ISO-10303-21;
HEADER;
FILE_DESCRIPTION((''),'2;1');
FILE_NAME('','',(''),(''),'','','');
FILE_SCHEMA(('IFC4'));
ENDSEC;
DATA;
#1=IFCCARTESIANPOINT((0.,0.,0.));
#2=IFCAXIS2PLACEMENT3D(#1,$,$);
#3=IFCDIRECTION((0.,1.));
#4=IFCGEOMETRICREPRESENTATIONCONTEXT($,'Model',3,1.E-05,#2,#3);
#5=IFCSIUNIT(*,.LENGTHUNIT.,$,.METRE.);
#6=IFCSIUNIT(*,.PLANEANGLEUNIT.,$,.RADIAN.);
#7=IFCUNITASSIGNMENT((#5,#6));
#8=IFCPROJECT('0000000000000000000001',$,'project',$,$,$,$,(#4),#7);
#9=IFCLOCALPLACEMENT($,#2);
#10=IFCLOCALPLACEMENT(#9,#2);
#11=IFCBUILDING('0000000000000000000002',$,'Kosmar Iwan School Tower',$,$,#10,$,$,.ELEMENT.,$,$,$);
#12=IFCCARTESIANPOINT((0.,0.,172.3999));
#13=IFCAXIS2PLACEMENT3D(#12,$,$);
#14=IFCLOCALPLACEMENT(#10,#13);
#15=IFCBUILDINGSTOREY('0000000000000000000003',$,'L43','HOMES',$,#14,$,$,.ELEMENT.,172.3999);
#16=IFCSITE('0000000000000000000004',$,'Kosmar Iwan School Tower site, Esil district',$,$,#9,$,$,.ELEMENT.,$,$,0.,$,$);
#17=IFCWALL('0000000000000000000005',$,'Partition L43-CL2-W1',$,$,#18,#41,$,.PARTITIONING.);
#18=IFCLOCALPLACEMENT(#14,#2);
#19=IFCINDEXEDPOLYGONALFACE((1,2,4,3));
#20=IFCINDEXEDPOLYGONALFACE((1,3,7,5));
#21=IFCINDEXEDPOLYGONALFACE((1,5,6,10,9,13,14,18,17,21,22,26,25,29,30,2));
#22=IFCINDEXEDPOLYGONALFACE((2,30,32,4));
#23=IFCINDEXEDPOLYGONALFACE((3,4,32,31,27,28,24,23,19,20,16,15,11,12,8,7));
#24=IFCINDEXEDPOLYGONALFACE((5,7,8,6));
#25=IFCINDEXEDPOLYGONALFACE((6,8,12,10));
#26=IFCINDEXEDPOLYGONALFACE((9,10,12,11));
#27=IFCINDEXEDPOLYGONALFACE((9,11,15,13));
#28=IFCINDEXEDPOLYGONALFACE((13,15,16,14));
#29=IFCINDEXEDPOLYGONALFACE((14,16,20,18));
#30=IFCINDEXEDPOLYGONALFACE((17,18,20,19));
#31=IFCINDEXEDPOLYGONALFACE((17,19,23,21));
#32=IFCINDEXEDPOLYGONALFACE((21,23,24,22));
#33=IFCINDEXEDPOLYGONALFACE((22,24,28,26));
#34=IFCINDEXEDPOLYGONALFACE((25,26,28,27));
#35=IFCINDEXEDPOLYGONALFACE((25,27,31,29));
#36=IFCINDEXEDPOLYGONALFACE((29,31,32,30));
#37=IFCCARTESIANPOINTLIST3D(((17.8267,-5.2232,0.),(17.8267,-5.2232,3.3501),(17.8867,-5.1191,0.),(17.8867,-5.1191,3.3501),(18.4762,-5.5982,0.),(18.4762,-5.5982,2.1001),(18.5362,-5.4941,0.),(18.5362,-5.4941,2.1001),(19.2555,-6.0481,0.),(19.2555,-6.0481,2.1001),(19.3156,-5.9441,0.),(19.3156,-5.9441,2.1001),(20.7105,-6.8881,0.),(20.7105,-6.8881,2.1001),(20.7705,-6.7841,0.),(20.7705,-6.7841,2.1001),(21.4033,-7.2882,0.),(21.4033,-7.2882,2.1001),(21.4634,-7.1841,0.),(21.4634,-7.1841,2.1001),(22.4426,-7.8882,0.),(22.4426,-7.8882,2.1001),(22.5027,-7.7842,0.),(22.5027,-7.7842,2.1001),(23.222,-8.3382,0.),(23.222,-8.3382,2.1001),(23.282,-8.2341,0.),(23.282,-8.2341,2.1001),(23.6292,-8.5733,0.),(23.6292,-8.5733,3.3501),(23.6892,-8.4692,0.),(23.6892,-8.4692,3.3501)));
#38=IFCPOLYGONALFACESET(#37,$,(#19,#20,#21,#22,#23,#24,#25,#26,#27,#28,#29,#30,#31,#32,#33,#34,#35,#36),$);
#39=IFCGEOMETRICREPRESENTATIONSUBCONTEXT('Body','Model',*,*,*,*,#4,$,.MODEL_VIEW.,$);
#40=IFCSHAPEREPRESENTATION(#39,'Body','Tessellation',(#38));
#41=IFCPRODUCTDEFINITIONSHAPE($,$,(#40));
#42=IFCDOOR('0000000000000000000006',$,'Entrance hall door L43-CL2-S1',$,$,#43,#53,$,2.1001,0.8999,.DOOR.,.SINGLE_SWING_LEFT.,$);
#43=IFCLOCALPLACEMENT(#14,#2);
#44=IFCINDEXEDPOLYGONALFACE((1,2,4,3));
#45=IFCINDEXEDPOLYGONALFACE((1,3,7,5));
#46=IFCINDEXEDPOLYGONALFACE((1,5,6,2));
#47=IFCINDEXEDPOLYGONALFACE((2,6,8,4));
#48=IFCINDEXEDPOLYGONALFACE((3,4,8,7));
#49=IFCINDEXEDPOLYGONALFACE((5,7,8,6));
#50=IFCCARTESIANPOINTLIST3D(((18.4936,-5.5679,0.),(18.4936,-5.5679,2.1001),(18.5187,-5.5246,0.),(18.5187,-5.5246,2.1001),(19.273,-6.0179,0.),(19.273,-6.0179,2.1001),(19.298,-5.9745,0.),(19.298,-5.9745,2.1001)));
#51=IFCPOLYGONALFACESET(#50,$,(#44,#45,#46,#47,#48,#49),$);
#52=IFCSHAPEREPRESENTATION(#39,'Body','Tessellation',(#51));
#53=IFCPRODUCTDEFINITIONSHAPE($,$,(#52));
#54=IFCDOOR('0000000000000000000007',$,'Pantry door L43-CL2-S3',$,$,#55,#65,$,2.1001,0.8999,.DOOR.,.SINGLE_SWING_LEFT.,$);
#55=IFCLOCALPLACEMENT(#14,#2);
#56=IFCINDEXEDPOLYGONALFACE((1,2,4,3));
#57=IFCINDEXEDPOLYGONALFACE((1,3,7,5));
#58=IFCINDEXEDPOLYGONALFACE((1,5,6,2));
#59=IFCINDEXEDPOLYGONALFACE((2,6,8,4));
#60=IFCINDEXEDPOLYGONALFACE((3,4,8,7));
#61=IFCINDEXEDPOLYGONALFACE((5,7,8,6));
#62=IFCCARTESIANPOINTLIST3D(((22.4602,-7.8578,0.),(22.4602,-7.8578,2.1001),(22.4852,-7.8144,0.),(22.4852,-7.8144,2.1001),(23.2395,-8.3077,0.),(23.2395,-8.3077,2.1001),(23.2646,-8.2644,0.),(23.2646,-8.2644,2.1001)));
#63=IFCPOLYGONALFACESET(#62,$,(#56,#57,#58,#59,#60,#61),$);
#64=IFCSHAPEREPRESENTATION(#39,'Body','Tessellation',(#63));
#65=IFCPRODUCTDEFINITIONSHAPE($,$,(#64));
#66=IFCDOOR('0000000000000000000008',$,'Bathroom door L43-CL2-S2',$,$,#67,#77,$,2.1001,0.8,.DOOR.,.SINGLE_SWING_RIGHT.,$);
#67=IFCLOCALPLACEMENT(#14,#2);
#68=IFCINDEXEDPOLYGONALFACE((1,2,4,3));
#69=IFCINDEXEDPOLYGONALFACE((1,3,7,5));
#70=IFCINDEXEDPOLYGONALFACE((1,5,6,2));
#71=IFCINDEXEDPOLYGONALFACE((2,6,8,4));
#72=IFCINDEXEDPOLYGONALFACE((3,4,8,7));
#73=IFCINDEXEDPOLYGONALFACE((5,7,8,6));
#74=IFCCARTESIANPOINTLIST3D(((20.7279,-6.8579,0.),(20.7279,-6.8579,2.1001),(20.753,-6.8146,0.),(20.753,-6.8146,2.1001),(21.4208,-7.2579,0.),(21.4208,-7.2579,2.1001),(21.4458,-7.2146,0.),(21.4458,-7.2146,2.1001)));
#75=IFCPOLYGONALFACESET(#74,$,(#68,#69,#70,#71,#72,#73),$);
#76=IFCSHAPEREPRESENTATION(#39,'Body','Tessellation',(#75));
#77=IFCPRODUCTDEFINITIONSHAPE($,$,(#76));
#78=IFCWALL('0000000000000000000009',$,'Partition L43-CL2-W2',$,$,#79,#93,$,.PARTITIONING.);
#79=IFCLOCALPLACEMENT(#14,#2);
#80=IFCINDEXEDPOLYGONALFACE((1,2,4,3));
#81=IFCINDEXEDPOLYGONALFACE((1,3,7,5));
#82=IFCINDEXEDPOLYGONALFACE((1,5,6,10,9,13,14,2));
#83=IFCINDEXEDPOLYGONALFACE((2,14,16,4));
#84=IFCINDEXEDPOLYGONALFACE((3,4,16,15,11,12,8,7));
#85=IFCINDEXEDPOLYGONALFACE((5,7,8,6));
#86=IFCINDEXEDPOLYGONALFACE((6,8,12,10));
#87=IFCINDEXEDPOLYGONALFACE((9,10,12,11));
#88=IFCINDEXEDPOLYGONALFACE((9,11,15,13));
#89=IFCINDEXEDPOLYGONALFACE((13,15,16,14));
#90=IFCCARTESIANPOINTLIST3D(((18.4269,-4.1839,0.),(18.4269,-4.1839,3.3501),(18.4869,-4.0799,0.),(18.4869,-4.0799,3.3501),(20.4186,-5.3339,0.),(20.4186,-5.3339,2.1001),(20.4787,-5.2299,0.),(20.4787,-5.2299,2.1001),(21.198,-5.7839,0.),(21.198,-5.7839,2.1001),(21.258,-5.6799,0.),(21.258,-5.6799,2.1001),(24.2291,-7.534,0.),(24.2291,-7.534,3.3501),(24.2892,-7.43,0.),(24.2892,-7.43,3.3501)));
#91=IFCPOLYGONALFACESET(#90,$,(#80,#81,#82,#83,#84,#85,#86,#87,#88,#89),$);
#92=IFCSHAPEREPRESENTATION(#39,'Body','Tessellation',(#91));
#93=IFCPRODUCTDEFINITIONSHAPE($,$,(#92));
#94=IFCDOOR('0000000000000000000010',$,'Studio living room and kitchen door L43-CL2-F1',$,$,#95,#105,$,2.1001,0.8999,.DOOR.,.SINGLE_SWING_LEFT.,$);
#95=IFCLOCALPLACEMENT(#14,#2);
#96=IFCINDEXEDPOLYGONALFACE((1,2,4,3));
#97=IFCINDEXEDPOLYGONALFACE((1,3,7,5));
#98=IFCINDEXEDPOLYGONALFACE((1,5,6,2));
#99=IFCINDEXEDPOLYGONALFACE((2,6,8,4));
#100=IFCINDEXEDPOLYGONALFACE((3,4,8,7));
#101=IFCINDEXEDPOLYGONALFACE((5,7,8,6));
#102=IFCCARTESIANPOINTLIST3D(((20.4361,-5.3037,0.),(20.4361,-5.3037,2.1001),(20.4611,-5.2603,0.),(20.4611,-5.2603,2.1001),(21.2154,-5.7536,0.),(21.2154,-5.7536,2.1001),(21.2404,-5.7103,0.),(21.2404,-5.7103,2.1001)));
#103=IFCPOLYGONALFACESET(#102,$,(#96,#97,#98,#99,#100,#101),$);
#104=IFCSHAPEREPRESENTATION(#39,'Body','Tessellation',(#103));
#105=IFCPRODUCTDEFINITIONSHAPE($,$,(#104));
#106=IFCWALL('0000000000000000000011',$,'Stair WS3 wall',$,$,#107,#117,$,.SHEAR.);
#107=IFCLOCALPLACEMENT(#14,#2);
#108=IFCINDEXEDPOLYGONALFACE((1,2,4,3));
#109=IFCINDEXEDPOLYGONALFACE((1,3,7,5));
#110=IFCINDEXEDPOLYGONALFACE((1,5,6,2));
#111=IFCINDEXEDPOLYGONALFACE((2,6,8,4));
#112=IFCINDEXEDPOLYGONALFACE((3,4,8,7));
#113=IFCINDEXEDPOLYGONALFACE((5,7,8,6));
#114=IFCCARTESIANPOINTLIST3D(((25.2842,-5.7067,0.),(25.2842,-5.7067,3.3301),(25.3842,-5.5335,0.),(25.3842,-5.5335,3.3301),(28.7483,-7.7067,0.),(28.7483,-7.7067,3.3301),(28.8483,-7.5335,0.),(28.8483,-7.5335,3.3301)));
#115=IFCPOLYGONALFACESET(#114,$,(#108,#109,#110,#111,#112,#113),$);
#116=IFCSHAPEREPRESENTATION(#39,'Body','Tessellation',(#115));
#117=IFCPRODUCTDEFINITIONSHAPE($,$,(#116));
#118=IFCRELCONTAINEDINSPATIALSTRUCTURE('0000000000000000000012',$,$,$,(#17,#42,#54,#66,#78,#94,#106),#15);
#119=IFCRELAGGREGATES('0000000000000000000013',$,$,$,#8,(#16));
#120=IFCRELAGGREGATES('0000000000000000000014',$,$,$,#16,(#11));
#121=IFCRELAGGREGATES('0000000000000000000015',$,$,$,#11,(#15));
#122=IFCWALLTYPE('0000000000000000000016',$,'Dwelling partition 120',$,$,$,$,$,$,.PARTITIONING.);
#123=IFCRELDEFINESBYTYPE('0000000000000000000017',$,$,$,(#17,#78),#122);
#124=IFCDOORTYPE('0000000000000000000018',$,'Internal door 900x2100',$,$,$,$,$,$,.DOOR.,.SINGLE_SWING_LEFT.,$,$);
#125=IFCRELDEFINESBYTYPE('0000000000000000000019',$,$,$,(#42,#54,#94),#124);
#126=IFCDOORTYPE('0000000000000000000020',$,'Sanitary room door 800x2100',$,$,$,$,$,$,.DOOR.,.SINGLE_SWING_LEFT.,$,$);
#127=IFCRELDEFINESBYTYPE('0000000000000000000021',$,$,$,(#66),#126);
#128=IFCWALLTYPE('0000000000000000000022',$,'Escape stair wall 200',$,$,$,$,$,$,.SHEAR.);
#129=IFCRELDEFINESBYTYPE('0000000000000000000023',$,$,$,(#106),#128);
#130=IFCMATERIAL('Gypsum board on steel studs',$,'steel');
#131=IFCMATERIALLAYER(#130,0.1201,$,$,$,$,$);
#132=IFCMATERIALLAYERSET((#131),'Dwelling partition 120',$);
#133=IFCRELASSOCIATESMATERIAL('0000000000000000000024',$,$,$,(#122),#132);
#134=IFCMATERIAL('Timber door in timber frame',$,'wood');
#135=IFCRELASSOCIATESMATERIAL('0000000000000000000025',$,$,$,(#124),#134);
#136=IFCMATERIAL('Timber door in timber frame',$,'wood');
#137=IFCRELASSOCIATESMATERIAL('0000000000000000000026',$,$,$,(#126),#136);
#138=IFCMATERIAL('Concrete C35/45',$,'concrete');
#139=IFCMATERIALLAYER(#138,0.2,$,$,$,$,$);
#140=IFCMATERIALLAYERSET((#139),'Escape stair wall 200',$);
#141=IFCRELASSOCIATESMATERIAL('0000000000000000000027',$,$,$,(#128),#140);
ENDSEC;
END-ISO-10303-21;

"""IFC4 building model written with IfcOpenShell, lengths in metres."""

from ifc_helpers import new_model, si_unit, direction, frame, frame_2d, origin, place, context, subcontext, project, spatial, rectangle, extrude, material, layer, layer_set, type_object, element, fill, save


model = new_model("IFC4")

# Units and contexts
model_context = context("Model", 3, precision=1e-05, world=origin(), true_north=direction((0.0, 1.0)))
body_context = subcontext(model_context, "Body", "Model", "MODEL_VIEW")
ifc_project = project(units=[si_unit("LENGTHUNIT", "METRE"), si_unit("PLANEANGLEUNIT", "RADIAN")], contexts=[model_context])

# Site, building, storey
site_placement = place(None, origin())
site = spatial("IfcSite", under=ifc_project, at=site_placement, Name="Kosmar Iwan School Tower site, Esil district", CompositionType="ELEMENT", RefElevation=0.0)
building_placement = place(site_placement, origin())
building = spatial("IfcBuilding", under=site, at=building_placement, Name="Kosmar Iwan School Tower", CompositionType="ELEMENT")
storey_placement = place(building_placement, frame((0.0, 0.0, 172.3999)))
storey = spatial("IfcBuildingStorey", under=building, at=storey_placement, Name="L43", Description="HOMES", CompositionType="ELEMENT", Elevation=172.3999)

# Wall, openings, doors
ifc_material_1 = material(Name="Gypsum board on steel studs", Category="steel")
ifc_layer_1 = layer(ifc_material_1, 0.1201)
ifc_layer_set_1 = layer_set([ifc_layer_1], Name="Dwelling partition 120")
wall_type_1 = type_object("IfcWallType", Name="Dwelling partition 120", PredefinedType="PARTITIONING", material=ifc_layer_set_1)
wall_1_placement = place(storey_placement, frame((17.8567, -5.1711, 0.0), z_axis=(0.0, 0.0, 1.0), x_axis=(0.866024, -0.500003, 0.0)))
wall_1 = element("IfcWall", 1, at=wall_1_placement, inside=storey, type_object=wall_type_1, Name="Partition L43-CL2-W1", PredefinedType="PARTITIONING", context=body_context, shape_type="SweptSolid", body=[
    extrude(rectangle(XDim=6.7002, YDim=0.1201, at=frame_2d((3.3501, 0.0))), origin(), (0.0, 0.0, 1.0), 3.3501),
])
opening_1_placement = place(wall_1_placement, frame((0.75, 0.0, 0.0)))
opening_1 = element("IfcOpeningElement", 2, at=opening_1_placement, cuts=wall_1, PredefinedType="OPENING", context=body_context, shape_type="SweptSolid", body=[
    extrude(rectangle(XDim=0.8999, YDim=2.1001, at=frame_2d((0.45, 1.05))), frame((0.0, 0.072, 0.0), z_axis=(0.0, -1.0, 0.0), x_axis=(1.0, 0.0, 0.0)), (0.0, 0.0, 1.0), 0.144),
])
opening_2_placement = place(wall_1_placement, frame((3.3301, 0.0, 0.0)))
opening_2 = element("IfcOpeningElement", 3, at=opening_2_placement, cuts=wall_1, PredefinedType="OPENING", context=body_context, shape_type="SweptSolid", body=[
    extrude(rectangle(XDim=0.8, YDim=2.1001, at=frame_2d((0.3999, 1.05))), frame((0.0, 0.072, 0.0), z_axis=(0.0, -1.0, 0.0), x_axis=(1.0, 0.0, 0.0)), (0.0, 0.0, 1.0), 0.144),
])
opening_3_placement = place(wall_1_placement, frame((5.3301, 0.0, 0.0)))
opening_3 = element("IfcOpeningElement", 4, at=opening_3_placement, cuts=wall_1, PredefinedType="OPENING", context=body_context, shape_type="SweptSolid", body=[
    extrude(rectangle(XDim=0.8999, YDim=2.1001, at=frame_2d((0.45, 1.05))), frame((0.0, 0.072, 0.0), z_axis=(0.0, -1.0, 0.0), x_axis=(1.0, 0.0, 0.0)), (0.0, 0.0, 1.0), 0.144),
])
ifc_material_2 = material(Name="Timber door in timber frame", Category="wood")
door_type_1 = type_object("IfcDoorType", Name="Internal door 900x2100", OperationType="SINGLE_SWING_LEFT", PredefinedType="DOOR", material=ifc_material_2)
door_1_placement = place(opening_1_placement, origin())
door_1 = element("IfcDoor", 5, at=door_1_placement, inside=storey, type_object=door_type_1, Name="Entrance hall door L43-CL2-S1", OperationType="SINGLE_SWING_LEFT", OverallHeight=2.1001, OverallWidth=0.8999, PredefinedType="DOOR", context=body_context, shape_type="SweptSolid", body=[
    extrude(rectangle(XDim=0.8999, YDim=2.1001, at=frame_2d((0.45, 1.05))), frame((0.0, 0.0249, 0.0), z_axis=(0.0, -1.0, 0.0), x_axis=(1.0, 0.0, 0.0)), (0.0, 0.0, 1.0), 0.05),
])
fill(opening_1, door_1)
door_2_placement = place(opening_3_placement, frame((0.8999, 0.0, 0.0), z_axis=(0.0, 0.0, 1.0), x_axis=(-1.0, 0.0, 0.0)))
door_2 = element("IfcDoor", 6, at=door_2_placement, inside=storey, type_object=door_type_1, Name="Pantry door L43-CL2-S3", OperationType="SINGLE_SWING_LEFT", OverallHeight=2.1001, OverallWidth=0.8999, PredefinedType="DOOR", context=body_context, shape_type="SweptSolid", body=[
    extrude(rectangle(XDim=0.8999, YDim=2.1001, at=frame_2d((0.45, 1.05))), frame((0.0, 0.0249, 0.0), z_axis=(0.0, -1.0, 0.0), x_axis=(1.0, 0.0, 0.0)), (0.0, 0.0, 1.0), 0.05),
])
fill(opening_3, door_2)
ifc_material_3 = material(Name="Timber door in timber frame", Category="wood")
door_type_2 = type_object("IfcDoorType", Name="Sanitary room door 800x2100", OperationType="SINGLE_SWING_LEFT", PredefinedType="DOOR", material=ifc_material_3)
door_3_placement = place(opening_2_placement, origin())
door_3 = element("IfcDoor", 7, at=door_3_placement, inside=storey, type_object=door_type_2, Name="Bathroom door L43-CL2-S2", OperationType="SINGLE_SWING_RIGHT", OverallHeight=2.1001, OverallWidth=0.8, PredefinedType="DOOR", context=body_context, shape_type="SweptSolid", body=[
    extrude(rectangle(XDim=0.8, YDim=2.1001, at=frame_2d((0.3999, 1.05))), frame((0.0, 0.0249, 0.0), z_axis=(0.0, -1.0, 0.0), x_axis=(1.0, 0.0, 0.0)), (0.0, 0.0, 1.0), 0.05),
])
fill(opening_2, door_3)

# Wall, opening, door
wall_2_placement = place(storey_placement, frame((18.4568, -4.1318, 0.0), z_axis=(0.0, 0.0, 1.0), x_axis=(0.866014, -0.500019, 0.0)))
wall_2 = element("IfcWall", 8, at=wall_2_placement, inside=storey, type_object=wall_type_1, Name="Partition L43-CL2-W2", PredefinedType="PARTITIONING", context=body_context, shape_type="SweptSolid", body=[
    extrude(rectangle(XDim=6.7, YDim=0.1201, at=frame_2d((3.3501, 0.0))), origin(), (0.0, 0.0, 1.0), 3.3501),
])
opening_4_placement = place(wall_2_placement, frame((2.3, 0.0, 0.0)))
opening_4 = element("IfcOpeningElement", 9, at=opening_4_placement, cuts=wall_2, PredefinedType="OPENING", context=body_context, shape_type="SweptSolid", body=[
    extrude(rectangle(XDim=0.8999, YDim=2.1001, at=frame_2d((0.45, 1.05))), frame((0.0, 0.072, 0.0), z_axis=(0.0, -1.0, 0.0), x_axis=(1.0, 0.0, 0.0)), (0.0, 0.0, 1.0), 0.144),
])
door_4_placement = place(opening_4_placement, origin())
door_4 = element("IfcDoor", 10, at=door_4_placement, inside=storey, type_object=door_type_1, Name="Studio living room and kitchen door L43-CL2-F1", OperationType="SINGLE_SWING_LEFT", OverallHeight=2.1001, OverallWidth=0.8999, PredefinedType="DOOR", context=body_context, shape_type="SweptSolid", body=[
    extrude(rectangle(XDim=0.8999, YDim=2.1001, at=frame_2d((0.45, 1.05))), frame((0.0, 0.0249, 0.0), z_axis=(0.0, -1.0, 0.0), x_axis=(1.0, 0.0, 0.0)), (0.0, 0.0, 1.0), 0.05),
])
fill(opening_4, door_4)

# Wall
ifc_material_4 = material(Name="Concrete C35/45", Category="concrete")
ifc_layer_2 = layer(ifc_material_4, 0.2)
ifc_layer_set_2 = layer_set([ifc_layer_2], Name="Escape stair wall 200")
wall_type_2 = type_object("IfcWallType", Name="Escape stair wall 200", PredefinedType="SHEAR", material=ifc_layer_set_2)
wall_3_placement = place(storey_placement, frame((25.3342, -5.6201, 0.0), z_axis=(0.0, 0.0, 1.0), x_axis=(0.866026, -0.499999, 0.0)))
element("IfcWall", 11, at=wall_3_placement, inside=storey, type_object=wall_type_2, Name="Stair WS3 wall", PredefinedType="SHEAR", context=body_context, shape_type="SweptSolid", body=[
    extrude(rectangle(XDim=4.0, YDim=0.2, at=frame_2d((2.0, 0.0))), origin(), (0.0, 0.0, 1.0), 3.3301),
])

save(model, "model.ifc")
